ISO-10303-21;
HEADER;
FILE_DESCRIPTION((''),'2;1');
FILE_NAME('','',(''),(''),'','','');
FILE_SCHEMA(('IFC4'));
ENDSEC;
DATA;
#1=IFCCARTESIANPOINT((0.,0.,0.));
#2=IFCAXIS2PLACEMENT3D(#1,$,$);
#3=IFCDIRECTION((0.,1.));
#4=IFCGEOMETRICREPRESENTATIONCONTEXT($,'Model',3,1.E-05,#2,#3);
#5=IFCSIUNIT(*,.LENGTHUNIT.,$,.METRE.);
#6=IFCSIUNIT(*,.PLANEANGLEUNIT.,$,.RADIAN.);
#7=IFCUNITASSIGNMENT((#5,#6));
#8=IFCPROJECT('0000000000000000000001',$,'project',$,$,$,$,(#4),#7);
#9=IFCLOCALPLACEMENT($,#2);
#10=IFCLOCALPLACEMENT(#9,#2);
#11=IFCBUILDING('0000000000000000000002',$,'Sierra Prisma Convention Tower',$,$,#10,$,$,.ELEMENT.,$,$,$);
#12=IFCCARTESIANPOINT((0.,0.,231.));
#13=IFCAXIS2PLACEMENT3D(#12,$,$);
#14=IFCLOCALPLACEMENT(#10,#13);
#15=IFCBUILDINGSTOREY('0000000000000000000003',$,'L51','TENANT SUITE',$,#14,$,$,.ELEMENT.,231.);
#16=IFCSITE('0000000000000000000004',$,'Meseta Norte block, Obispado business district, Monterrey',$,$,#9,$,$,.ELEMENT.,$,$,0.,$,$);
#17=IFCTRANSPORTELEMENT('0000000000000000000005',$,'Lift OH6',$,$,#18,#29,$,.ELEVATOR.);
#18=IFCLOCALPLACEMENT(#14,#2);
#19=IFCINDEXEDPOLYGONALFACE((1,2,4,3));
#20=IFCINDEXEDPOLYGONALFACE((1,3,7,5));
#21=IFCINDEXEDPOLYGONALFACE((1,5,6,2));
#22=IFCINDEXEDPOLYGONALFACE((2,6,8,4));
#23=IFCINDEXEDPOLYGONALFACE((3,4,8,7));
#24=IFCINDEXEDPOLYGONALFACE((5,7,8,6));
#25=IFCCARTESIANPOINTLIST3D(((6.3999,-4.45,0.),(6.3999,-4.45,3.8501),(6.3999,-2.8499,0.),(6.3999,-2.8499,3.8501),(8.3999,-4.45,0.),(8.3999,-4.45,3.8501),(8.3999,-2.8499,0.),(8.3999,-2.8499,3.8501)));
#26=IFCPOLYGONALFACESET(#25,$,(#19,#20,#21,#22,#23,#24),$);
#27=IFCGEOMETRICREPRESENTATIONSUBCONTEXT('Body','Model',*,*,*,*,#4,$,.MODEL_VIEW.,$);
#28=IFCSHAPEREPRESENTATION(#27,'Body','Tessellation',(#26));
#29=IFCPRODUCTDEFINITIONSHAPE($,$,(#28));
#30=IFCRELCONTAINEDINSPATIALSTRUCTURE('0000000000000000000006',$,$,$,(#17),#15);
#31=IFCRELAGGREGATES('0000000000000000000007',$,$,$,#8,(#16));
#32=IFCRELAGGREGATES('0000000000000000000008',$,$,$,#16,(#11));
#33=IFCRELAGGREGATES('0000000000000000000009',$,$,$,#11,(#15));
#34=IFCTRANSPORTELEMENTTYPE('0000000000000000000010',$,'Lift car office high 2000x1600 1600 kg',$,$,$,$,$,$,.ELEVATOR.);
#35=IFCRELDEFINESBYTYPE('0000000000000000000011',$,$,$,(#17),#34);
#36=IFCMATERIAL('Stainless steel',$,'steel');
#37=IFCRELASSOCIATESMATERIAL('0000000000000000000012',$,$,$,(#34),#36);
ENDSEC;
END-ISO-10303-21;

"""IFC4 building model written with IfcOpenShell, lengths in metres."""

from ifc_helpers import new_model, si_unit, direction, frame, origin, origin_2d, place, context, subcontext, project, spatial, rectangle, extrude, material, type_object, element, save


model = new_model("IFC4")

# Units and contexts
model_context = context("Model", 3, precision=1e-05, world=origin(), true_north=direction((0.0, 1.0)))
body_context = subcontext(model_context, "Body", "Model", "MODEL_VIEW")
ifc_project = project(units=[si_unit("LENGTHUNIT", "METRE"), si_unit("PLANEANGLEUNIT", "RADIAN")], contexts=[model_context])

# Site, building, storey
site_placement = place(None, origin())
site = spatial("IfcSite", under=ifc_project, at=site_placement, Name="Meseta Norte block, Obispado business district, Monterrey", CompositionType="ELEMENT", RefElevation=0.0)
building_placement = place(site_placement, origin())
building = spatial("IfcBuilding", under=site, at=building_placement, Name="Sierra Prisma Convention Tower", CompositionType="ELEMENT")
storey_placement = place(building_placement, frame((0.0, 0.0, 231.0)))
storey = spatial("IfcBuildingStorey", under=building, at=storey_placement, Name="L51", Description="TENANT SUITE", CompositionType="ELEMENT", Elevation=231.0)

# Transport element
ifc_material_1 = material(Name="Stainless steel", Category="steel")
transport_element_type = type_object("IfcTransportElementType", Name="Lift car office high 2000x1600 1600 kg", PredefinedType="ELEVATOR", material=ifc_material_1)
for number, where, z_axis, x_axis, name in (
    (1, (7.3999, -3.6499, 0.0), (0.0, 0.0, 1.0), (1.0, 0.0, 0.0), "Lift OH6"),
):
    element("IfcTransportElement", number, at=place(storey_placement, frame(where, z_axis=z_axis, x_axis=x_axis)), inside=storey, type_object=transport_element_type, Name=name, PredefinedType="ELEVATOR", context=body_context, shape_type="SweptSolid", body=[
        extrude(rectangle(XDim=2.0, YDim=1.6001, at=origin_2d()), origin(), (0.0, 0.0, 1.0), 3.8501),
    ])

save(model, "model.ifc")
